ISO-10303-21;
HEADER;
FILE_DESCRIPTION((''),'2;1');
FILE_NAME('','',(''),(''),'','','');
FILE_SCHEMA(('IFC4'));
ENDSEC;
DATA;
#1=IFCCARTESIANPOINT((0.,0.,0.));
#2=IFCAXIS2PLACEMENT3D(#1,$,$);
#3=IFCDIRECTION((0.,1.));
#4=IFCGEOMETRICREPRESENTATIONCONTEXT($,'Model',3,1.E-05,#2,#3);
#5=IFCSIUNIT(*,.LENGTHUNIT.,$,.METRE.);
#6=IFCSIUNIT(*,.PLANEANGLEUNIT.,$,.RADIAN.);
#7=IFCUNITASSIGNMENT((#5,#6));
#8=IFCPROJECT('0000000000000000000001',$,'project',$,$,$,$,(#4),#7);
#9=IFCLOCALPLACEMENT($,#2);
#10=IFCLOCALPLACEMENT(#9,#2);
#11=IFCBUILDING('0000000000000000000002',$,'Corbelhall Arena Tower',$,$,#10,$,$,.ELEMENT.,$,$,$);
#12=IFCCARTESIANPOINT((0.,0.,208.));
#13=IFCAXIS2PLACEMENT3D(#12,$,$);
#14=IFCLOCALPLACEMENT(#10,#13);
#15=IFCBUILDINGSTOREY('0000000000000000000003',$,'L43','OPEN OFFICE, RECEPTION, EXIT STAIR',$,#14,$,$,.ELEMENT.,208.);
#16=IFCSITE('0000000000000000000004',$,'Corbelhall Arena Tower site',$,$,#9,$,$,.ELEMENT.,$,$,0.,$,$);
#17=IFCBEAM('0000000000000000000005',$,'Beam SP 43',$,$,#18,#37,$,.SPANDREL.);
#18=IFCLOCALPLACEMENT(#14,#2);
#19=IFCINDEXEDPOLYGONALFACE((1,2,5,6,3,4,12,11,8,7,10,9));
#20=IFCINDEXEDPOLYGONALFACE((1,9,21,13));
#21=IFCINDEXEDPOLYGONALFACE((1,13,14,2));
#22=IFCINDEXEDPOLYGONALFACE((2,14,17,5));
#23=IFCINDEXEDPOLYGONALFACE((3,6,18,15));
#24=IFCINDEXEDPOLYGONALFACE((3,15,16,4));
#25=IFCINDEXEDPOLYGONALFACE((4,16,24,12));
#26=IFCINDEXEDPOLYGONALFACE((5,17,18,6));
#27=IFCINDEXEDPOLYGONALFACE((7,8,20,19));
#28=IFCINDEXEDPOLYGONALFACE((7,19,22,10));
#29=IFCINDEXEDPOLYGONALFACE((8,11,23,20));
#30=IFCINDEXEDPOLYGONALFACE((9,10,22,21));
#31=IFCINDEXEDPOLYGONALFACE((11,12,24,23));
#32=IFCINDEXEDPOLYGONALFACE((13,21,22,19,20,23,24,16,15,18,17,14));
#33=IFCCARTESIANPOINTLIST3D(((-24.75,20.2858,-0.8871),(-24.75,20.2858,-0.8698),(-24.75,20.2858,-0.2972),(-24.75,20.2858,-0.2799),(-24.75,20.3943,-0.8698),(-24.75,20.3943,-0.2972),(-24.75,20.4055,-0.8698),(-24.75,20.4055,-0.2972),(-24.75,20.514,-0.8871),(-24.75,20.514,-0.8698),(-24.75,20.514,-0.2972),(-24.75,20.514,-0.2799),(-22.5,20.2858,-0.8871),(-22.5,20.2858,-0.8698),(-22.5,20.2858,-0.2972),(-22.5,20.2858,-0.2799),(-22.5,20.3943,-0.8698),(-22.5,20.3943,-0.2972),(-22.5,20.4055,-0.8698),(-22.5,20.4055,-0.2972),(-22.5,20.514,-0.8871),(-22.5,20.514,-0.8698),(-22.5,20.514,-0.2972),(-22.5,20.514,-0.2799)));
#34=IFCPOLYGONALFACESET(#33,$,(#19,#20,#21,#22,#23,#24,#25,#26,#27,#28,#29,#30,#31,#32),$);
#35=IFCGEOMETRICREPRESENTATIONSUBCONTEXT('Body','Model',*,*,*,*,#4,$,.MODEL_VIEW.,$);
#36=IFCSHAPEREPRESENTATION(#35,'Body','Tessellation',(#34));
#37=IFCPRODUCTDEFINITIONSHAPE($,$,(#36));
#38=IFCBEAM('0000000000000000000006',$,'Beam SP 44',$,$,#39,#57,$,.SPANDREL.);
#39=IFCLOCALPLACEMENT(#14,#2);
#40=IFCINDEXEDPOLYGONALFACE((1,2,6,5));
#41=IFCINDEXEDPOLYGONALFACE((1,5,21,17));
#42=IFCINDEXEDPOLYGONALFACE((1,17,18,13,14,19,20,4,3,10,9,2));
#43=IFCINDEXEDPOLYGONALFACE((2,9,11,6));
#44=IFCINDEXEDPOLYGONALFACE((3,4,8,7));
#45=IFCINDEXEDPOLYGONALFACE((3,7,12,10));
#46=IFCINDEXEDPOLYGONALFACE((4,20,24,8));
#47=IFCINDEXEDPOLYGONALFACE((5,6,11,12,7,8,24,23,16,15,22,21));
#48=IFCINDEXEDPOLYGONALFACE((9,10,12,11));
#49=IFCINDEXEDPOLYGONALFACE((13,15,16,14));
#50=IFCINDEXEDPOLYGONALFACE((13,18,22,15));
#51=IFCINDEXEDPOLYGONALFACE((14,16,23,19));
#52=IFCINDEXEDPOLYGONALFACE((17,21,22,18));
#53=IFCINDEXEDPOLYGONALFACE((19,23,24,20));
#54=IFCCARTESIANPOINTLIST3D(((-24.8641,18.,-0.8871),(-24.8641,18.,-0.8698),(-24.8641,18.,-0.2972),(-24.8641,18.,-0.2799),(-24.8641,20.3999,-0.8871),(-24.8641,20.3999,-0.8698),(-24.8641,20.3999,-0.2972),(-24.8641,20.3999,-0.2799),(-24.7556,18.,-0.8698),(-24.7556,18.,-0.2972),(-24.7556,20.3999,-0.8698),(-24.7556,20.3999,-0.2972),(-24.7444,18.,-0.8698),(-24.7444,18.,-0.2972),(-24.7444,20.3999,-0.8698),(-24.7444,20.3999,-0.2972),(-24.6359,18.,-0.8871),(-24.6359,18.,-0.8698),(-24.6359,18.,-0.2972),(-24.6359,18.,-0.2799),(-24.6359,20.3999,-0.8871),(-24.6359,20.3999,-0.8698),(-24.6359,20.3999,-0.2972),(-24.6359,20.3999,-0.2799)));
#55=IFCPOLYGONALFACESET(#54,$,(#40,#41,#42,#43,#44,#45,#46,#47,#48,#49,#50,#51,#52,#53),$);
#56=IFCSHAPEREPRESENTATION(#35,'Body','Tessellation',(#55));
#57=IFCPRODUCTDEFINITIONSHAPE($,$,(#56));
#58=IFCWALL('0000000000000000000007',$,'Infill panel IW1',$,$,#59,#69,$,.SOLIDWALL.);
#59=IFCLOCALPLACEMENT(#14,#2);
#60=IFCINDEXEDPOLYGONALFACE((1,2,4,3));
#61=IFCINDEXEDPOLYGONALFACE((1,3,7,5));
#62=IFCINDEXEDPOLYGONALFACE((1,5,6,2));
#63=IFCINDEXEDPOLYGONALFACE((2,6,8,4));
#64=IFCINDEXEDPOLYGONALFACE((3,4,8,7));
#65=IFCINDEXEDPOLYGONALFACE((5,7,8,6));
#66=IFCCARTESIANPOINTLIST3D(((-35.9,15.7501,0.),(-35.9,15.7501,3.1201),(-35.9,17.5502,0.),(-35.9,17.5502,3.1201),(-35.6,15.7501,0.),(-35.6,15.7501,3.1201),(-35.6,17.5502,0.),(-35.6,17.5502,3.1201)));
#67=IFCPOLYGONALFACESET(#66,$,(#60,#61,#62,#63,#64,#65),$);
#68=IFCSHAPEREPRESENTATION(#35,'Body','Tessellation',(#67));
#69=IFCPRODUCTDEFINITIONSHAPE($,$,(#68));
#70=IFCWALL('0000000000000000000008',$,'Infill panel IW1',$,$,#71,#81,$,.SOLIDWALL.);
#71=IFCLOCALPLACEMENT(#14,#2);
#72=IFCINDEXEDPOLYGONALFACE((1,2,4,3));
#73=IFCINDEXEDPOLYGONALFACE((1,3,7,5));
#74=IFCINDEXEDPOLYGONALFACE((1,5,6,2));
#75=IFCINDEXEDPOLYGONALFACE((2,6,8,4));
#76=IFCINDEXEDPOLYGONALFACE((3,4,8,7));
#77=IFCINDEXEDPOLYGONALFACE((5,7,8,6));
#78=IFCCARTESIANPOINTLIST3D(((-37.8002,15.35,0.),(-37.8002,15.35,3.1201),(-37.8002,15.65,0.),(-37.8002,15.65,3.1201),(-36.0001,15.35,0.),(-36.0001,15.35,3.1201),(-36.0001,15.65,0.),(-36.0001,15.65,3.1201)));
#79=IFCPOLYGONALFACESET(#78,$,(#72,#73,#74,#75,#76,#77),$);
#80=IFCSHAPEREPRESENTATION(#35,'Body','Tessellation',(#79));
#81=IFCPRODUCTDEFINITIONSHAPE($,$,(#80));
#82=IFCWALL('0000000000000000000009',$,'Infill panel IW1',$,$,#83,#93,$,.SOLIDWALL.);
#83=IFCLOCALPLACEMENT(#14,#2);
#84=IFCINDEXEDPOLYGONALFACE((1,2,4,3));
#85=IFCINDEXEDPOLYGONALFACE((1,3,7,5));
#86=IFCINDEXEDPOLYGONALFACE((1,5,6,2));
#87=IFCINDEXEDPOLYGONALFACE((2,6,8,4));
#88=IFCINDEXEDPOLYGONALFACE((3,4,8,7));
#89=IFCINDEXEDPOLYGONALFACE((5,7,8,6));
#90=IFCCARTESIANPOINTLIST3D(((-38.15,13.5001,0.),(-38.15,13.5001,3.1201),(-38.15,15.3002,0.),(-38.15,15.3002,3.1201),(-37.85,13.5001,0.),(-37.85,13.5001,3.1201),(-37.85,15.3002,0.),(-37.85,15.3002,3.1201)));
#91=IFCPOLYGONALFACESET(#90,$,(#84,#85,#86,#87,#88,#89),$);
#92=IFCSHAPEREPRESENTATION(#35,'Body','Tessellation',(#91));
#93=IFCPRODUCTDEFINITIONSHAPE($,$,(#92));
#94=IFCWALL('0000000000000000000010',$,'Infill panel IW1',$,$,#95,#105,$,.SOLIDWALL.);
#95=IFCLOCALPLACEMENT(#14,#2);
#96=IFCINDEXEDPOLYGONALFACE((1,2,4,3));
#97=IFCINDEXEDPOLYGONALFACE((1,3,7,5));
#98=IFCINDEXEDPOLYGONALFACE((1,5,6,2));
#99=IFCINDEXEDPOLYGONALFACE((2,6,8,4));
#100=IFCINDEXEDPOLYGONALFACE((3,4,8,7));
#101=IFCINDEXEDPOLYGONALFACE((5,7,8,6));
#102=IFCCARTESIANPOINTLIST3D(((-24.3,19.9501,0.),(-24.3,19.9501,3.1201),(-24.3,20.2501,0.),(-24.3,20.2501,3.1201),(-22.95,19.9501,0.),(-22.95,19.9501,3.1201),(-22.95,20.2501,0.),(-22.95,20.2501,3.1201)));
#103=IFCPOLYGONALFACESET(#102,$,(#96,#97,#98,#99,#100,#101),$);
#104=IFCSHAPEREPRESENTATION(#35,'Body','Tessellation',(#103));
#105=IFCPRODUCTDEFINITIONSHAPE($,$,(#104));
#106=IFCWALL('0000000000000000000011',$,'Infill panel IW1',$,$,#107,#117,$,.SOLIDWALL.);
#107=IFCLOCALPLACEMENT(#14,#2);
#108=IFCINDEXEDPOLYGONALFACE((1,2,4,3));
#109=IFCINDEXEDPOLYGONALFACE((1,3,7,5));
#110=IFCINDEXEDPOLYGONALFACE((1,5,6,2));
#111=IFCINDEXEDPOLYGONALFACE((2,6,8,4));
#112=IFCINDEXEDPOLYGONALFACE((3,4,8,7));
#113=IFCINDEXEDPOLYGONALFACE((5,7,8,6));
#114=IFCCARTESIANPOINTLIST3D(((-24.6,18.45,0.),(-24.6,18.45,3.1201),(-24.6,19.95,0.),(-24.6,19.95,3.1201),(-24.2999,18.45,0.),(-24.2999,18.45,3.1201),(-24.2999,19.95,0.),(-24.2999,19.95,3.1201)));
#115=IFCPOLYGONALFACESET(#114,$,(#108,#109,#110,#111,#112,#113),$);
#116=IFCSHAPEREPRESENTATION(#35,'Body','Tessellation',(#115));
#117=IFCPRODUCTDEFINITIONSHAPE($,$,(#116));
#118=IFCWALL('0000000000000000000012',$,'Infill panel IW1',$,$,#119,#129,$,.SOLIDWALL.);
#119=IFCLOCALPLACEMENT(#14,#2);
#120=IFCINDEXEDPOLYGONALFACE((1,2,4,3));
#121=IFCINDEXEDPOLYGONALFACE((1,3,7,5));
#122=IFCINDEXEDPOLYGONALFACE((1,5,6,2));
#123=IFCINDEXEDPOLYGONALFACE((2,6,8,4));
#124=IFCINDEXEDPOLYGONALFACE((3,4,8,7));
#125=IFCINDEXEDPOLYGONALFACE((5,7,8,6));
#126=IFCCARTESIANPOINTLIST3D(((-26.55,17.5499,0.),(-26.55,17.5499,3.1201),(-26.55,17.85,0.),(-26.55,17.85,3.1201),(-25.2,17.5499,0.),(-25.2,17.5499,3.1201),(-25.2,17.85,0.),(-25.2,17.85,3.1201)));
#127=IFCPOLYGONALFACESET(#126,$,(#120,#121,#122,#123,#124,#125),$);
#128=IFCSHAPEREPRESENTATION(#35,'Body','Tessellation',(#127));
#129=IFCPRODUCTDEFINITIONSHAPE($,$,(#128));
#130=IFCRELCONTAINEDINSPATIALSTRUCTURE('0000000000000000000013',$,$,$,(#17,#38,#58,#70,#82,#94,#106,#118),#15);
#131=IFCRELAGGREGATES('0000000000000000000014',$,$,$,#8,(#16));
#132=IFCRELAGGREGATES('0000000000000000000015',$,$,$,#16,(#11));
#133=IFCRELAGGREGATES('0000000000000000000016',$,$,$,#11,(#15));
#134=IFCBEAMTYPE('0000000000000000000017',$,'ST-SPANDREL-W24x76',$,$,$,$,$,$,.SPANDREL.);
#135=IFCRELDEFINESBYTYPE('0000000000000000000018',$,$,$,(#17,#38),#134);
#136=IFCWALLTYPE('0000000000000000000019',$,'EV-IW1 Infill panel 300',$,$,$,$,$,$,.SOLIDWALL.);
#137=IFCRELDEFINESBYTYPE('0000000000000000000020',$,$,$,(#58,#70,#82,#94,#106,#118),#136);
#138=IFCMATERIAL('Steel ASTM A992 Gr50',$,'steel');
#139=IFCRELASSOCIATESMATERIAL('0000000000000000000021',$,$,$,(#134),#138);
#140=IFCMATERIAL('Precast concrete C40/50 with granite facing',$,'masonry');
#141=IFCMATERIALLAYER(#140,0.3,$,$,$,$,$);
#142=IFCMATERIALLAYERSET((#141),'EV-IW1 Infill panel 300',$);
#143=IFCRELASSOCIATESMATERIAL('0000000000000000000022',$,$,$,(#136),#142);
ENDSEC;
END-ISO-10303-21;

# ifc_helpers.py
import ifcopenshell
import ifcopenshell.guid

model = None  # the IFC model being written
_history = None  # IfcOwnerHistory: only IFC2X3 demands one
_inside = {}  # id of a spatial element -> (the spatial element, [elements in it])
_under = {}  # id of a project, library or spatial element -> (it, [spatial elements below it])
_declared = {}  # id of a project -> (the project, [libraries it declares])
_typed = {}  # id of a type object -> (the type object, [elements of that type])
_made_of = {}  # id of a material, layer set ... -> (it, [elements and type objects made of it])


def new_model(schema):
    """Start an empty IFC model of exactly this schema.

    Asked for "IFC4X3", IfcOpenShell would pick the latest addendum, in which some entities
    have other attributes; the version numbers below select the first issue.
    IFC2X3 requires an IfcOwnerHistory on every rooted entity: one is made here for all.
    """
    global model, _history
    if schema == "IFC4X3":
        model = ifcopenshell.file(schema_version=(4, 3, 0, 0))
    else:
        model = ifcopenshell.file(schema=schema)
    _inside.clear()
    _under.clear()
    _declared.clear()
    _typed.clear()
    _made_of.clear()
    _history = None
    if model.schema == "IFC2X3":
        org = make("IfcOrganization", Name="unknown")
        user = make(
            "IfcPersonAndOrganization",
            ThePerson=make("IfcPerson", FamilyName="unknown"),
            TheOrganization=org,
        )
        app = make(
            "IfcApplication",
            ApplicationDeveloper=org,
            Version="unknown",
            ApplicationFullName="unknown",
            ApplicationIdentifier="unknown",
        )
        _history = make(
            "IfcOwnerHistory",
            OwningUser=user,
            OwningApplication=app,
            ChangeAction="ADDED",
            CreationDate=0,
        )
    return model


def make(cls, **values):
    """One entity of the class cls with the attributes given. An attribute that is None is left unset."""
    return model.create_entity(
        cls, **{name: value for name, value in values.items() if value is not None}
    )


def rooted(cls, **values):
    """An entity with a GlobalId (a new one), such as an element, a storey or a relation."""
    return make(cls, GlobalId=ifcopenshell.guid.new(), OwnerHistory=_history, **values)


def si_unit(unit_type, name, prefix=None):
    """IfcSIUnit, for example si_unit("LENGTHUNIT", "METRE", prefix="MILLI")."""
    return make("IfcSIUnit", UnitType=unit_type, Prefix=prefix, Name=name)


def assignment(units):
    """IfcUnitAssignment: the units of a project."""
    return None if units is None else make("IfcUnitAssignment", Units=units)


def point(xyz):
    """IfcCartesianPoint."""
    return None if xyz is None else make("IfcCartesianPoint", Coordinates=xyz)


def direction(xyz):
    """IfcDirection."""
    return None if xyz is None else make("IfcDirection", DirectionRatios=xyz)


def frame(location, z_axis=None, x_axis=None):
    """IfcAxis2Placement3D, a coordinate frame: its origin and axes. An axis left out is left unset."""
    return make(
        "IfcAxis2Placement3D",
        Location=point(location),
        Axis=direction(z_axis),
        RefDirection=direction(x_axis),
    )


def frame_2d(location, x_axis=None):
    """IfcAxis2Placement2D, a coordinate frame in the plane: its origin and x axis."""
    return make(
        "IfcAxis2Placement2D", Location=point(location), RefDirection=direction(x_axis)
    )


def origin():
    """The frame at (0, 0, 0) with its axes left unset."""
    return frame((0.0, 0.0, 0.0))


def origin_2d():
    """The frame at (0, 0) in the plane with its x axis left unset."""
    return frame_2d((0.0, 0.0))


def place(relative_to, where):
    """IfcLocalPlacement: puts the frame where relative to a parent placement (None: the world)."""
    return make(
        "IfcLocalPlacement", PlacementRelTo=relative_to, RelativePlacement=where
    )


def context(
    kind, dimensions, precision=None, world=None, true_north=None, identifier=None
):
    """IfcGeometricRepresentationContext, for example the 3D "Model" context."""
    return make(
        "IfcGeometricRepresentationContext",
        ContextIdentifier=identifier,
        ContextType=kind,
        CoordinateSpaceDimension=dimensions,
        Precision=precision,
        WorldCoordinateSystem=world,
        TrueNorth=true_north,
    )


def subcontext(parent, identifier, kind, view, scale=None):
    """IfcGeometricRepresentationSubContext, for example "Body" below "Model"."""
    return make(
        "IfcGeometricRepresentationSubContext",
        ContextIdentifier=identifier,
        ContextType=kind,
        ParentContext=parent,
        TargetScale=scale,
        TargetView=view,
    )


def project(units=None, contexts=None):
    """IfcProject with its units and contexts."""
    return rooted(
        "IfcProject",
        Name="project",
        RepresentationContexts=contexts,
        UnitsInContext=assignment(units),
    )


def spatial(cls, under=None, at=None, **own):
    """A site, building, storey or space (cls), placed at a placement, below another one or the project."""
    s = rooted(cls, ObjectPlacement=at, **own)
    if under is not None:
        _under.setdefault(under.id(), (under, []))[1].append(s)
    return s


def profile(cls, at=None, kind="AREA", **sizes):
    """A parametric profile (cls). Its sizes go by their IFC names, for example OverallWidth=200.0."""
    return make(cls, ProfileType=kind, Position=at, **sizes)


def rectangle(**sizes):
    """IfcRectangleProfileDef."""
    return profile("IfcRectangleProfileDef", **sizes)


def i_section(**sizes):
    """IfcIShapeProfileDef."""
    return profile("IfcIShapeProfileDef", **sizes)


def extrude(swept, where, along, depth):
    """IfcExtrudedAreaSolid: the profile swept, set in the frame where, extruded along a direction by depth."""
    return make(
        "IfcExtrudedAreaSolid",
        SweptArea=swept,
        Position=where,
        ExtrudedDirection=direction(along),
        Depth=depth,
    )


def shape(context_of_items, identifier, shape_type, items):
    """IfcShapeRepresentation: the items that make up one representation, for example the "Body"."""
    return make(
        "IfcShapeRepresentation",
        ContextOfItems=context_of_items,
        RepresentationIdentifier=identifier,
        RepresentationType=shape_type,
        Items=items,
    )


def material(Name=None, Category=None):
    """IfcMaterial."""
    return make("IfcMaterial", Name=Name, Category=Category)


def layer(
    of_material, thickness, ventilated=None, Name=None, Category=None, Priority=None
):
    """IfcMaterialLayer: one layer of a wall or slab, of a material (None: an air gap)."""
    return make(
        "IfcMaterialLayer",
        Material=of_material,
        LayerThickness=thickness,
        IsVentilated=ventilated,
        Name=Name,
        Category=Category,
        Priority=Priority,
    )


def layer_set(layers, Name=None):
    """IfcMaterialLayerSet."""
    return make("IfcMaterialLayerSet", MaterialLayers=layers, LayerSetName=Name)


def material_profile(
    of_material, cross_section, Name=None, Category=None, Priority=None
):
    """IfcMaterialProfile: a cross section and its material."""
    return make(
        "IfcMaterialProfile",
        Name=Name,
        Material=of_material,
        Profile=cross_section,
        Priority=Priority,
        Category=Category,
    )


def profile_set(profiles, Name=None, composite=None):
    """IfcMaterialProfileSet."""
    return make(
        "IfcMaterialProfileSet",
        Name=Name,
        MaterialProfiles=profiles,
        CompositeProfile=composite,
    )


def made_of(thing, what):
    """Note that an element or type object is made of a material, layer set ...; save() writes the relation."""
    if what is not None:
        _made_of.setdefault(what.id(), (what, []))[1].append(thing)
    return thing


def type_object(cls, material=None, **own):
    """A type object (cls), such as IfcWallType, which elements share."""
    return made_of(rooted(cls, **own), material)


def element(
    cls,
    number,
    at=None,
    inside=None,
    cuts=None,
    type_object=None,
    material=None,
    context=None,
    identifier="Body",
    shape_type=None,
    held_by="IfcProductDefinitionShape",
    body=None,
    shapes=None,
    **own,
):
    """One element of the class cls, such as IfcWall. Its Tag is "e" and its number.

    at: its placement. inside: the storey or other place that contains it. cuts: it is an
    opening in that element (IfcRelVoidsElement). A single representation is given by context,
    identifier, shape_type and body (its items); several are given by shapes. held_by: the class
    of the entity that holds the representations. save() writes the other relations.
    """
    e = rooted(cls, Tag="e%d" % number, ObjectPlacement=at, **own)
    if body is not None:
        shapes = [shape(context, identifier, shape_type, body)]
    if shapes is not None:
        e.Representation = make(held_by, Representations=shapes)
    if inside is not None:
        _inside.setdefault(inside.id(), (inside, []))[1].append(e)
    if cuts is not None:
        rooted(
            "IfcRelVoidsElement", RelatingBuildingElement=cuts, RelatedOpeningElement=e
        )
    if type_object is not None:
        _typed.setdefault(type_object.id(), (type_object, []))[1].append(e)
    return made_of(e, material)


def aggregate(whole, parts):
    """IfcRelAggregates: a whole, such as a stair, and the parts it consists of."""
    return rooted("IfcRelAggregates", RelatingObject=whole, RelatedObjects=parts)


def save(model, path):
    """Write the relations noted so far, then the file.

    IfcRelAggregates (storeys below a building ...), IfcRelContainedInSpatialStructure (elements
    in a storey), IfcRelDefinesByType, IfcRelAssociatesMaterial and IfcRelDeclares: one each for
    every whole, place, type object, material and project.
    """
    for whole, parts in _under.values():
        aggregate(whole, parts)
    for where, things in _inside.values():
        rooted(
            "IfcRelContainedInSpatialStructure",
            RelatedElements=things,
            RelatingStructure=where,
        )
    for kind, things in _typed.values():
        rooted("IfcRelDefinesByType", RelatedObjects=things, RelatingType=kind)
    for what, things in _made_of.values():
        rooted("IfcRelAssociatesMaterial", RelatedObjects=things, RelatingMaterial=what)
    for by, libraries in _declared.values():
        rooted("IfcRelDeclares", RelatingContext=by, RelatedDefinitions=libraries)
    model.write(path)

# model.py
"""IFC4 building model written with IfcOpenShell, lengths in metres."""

from ifc_helpers import new_model, si_unit, direction, frame, frame_2d, origin, origin_2d, place, context, subcontext, project, spatial, rectangle, i_section, extrude, material, layer, layer_set, material_profile, profile_set, type_object, element, save


model = new_model("IFC4")

# Units and contexts
model_context = context("Model", 3, precision=1e-05, world=origin(), true_north=direction((0.0, 1.0)))
body_context = subcontext(model_context, "Body", "Model", "MODEL_VIEW")
ifc_project = project(units=[si_unit("LENGTHUNIT", "METRE"), si_unit("PLANEANGLEUNIT", "RADIAN")], contexts=[model_context])

# Site, building, storey
site_placement = place(None, origin())
site = spatial("IfcSite", under=ifc_project, at=site_placement, Name="Corbelhall Arena Tower site", CompositionType="ELEMENT", RefElevation=0.0)
building_placement = place(site_placement, origin())
building = spatial("IfcBuilding", under=site, at=building_placement, Name="Corbelhall Arena Tower", CompositionType="ELEMENT")
storey_placement = place(building_placement, frame((0.0, 0.0, 208.0)))
storey = spatial("IfcBuildingStorey", under=building, at=storey_placement, Name="L43", Description="OPEN OFFICE, RECEPTION, EXIT STAIR", CompositionType="ELEMENT", Elevation=208.0)

# Beams
ifc_material_1 = material(Name="Steel ASTM A992 Gr50", Category="steel")
ifc_material_profile_1 = material_profile(ifc_material_1, i_section(OverallWidth=0.2283, OverallDepth=0.6072, WebThickness=0.0112, FlangeThickness=0.0173, at=origin_2d()))
ifc_profile_set_1 = profile_set([ifc_material_profile_1], Name="Steel ASTM A992 Gr50")
beam_type = type_object("IfcBeamType", Name="ST-SPANDREL-W24x76", PredefinedType="SPANDREL", material=ifc_profile_set_1)
beam_1_placement = place(storey_placement, frame((-24.75, 20.3999, -0.5835), z_axis=(1.0, 0.0, 0.0), x_axis=(0.0, 1.0, 0.0)))
element("IfcBeam", 1, at=beam_1_placement, inside=storey, type_object=beam_type, Name="Beam SP 43", PredefinedType="SPANDREL", context=body_context, shape_type="SweptSolid", body=[
    extrude(i_section(OverallWidth=0.2283, OverallDepth=0.6072, WebThickness=0.0112, FlangeThickness=0.0173, at=origin_2d()), origin(), (0.0, 0.0, 1.0), 2.25),
])
beam_2_placement = place(storey_placement, frame((-24.75, 18.0, -0.5835), z_axis=(0.0, 1.0, 0.0), x_axis=(-1.0, 0.0, 0.0)))
element("IfcBeam", 2, at=beam_2_placement, inside=storey, type_object=beam_type, Name="Beam SP 44", PredefinedType="SPANDREL", context=body_context, shape_type="SweptSolid", body=[
    extrude(i_section(OverallWidth=0.2283, OverallDepth=0.6072, WebThickness=0.0112, FlangeThickness=0.0173, at=origin_2d()), origin(), (0.0, 0.0, 1.0), 2.3999),
])

# Walls
ifc_material_2 = material(Name="Precast concrete C40/50 with granite facing", Category="masonry")
ifc_layer = layer(ifc_material_2, 0.3)
ifc_layer_set = layer_set([ifc_layer], Name="EV-IW1 Infill panel 300")
wall_type = type_object("IfcWallType", Name="EV-IW1 Infill panel 300", PredefinedType="SOLIDWALL", material=ifc_layer_set)
for number, where, z_axis, x_axis, name in (
    (3, (-35.75, 17.55, 0.0), (0.0, 0.0, 1.0), (0.0, -1.0, 0.0), "Infill panel IW1"),
    (4, (-37.8, 15.5, 0.0), (0.0, 0.0, 1.0), (1.0, 0.0, 0.0), "Infill panel IW1"),
    (5, (-38.0, 15.3, 0.0), (0.0, 0.0, 1.0), (0.0, -1.0, 0.0), "Infill panel IW1"),
):
    element("IfcWall", number, at=place(storey_placement, frame(where, z_axis=z_axis, x_axis=x_axis)), inside=storey, type_object=wall_type, Name=name, PredefinedType="SOLIDWALL", context=body_context, shape_type="SweptSolid", body=[
        extrude(rectangle(XDim=1.8, YDim=0.3, at=frame_2d((0.8999, 0.0))), origin(), (0.0, 0.0, 1.0), 3.1201),
    ])
wall_1_placement = place(storey_placement, frame((-22.95, 20.1001, 0.0), z_axis=(0.0, 0.0, 1.0), x_axis=(-1.0, 0.0, 0.0)))
element("IfcWall", 6, at=wall_1_placement, inside=storey, type_object=wall_type, Name="Infill panel IW1", PredefinedType="SOLIDWALL", context=body_context, shape_type="SweptSolid", body=[
    extrude(rectangle(XDim=1.3501, YDim=0.3, at=frame_2d((0.675, 0.0))), origin(), (0.0, 0.0, 1.0), 3.1201),
])
wall_2_placement = place(storey_placement, frame((-24.45, 19.95, 0.0), z_axis=(0.0, 0.0, 1.0), x_axis=(0.0, -1.0, 0.0)))
element("IfcWall", 7, at=wall_2_placement, inside=storey, type_object=wall_type, Name="Infill panel IW1", PredefinedType="SOLIDWALL", context=body_context, shape_type="SweptSolid", body=[
    extrude(rectangle(XDim=1.5, YDim=0.3, at=frame_2d((0.75, 0.0))), origin(), (0.0, 0.0, 1.0), 3.1201),
])
wall_3_placement = place(storey_placement, frame((-25.2, 17.7, 0.0), z_axis=(0.0, 0.0, 1.0), x_axis=(-1.0, 0.0, 0.0)))
element("IfcWall", 8, at=wall_3_placement, inside=storey, type_object=wall_type, Name="Infill panel IW1", PredefinedType="SOLIDWALL", context=body_context, shape_type="SweptSolid", body=[
    extrude(rectangle(XDim=1.3501, YDim=0.3, at=frame_2d((0.675, 0.0))), origin(), (0.0, 0.0, 1.0), 3.1201),
])

save(model, "model.ifc")
